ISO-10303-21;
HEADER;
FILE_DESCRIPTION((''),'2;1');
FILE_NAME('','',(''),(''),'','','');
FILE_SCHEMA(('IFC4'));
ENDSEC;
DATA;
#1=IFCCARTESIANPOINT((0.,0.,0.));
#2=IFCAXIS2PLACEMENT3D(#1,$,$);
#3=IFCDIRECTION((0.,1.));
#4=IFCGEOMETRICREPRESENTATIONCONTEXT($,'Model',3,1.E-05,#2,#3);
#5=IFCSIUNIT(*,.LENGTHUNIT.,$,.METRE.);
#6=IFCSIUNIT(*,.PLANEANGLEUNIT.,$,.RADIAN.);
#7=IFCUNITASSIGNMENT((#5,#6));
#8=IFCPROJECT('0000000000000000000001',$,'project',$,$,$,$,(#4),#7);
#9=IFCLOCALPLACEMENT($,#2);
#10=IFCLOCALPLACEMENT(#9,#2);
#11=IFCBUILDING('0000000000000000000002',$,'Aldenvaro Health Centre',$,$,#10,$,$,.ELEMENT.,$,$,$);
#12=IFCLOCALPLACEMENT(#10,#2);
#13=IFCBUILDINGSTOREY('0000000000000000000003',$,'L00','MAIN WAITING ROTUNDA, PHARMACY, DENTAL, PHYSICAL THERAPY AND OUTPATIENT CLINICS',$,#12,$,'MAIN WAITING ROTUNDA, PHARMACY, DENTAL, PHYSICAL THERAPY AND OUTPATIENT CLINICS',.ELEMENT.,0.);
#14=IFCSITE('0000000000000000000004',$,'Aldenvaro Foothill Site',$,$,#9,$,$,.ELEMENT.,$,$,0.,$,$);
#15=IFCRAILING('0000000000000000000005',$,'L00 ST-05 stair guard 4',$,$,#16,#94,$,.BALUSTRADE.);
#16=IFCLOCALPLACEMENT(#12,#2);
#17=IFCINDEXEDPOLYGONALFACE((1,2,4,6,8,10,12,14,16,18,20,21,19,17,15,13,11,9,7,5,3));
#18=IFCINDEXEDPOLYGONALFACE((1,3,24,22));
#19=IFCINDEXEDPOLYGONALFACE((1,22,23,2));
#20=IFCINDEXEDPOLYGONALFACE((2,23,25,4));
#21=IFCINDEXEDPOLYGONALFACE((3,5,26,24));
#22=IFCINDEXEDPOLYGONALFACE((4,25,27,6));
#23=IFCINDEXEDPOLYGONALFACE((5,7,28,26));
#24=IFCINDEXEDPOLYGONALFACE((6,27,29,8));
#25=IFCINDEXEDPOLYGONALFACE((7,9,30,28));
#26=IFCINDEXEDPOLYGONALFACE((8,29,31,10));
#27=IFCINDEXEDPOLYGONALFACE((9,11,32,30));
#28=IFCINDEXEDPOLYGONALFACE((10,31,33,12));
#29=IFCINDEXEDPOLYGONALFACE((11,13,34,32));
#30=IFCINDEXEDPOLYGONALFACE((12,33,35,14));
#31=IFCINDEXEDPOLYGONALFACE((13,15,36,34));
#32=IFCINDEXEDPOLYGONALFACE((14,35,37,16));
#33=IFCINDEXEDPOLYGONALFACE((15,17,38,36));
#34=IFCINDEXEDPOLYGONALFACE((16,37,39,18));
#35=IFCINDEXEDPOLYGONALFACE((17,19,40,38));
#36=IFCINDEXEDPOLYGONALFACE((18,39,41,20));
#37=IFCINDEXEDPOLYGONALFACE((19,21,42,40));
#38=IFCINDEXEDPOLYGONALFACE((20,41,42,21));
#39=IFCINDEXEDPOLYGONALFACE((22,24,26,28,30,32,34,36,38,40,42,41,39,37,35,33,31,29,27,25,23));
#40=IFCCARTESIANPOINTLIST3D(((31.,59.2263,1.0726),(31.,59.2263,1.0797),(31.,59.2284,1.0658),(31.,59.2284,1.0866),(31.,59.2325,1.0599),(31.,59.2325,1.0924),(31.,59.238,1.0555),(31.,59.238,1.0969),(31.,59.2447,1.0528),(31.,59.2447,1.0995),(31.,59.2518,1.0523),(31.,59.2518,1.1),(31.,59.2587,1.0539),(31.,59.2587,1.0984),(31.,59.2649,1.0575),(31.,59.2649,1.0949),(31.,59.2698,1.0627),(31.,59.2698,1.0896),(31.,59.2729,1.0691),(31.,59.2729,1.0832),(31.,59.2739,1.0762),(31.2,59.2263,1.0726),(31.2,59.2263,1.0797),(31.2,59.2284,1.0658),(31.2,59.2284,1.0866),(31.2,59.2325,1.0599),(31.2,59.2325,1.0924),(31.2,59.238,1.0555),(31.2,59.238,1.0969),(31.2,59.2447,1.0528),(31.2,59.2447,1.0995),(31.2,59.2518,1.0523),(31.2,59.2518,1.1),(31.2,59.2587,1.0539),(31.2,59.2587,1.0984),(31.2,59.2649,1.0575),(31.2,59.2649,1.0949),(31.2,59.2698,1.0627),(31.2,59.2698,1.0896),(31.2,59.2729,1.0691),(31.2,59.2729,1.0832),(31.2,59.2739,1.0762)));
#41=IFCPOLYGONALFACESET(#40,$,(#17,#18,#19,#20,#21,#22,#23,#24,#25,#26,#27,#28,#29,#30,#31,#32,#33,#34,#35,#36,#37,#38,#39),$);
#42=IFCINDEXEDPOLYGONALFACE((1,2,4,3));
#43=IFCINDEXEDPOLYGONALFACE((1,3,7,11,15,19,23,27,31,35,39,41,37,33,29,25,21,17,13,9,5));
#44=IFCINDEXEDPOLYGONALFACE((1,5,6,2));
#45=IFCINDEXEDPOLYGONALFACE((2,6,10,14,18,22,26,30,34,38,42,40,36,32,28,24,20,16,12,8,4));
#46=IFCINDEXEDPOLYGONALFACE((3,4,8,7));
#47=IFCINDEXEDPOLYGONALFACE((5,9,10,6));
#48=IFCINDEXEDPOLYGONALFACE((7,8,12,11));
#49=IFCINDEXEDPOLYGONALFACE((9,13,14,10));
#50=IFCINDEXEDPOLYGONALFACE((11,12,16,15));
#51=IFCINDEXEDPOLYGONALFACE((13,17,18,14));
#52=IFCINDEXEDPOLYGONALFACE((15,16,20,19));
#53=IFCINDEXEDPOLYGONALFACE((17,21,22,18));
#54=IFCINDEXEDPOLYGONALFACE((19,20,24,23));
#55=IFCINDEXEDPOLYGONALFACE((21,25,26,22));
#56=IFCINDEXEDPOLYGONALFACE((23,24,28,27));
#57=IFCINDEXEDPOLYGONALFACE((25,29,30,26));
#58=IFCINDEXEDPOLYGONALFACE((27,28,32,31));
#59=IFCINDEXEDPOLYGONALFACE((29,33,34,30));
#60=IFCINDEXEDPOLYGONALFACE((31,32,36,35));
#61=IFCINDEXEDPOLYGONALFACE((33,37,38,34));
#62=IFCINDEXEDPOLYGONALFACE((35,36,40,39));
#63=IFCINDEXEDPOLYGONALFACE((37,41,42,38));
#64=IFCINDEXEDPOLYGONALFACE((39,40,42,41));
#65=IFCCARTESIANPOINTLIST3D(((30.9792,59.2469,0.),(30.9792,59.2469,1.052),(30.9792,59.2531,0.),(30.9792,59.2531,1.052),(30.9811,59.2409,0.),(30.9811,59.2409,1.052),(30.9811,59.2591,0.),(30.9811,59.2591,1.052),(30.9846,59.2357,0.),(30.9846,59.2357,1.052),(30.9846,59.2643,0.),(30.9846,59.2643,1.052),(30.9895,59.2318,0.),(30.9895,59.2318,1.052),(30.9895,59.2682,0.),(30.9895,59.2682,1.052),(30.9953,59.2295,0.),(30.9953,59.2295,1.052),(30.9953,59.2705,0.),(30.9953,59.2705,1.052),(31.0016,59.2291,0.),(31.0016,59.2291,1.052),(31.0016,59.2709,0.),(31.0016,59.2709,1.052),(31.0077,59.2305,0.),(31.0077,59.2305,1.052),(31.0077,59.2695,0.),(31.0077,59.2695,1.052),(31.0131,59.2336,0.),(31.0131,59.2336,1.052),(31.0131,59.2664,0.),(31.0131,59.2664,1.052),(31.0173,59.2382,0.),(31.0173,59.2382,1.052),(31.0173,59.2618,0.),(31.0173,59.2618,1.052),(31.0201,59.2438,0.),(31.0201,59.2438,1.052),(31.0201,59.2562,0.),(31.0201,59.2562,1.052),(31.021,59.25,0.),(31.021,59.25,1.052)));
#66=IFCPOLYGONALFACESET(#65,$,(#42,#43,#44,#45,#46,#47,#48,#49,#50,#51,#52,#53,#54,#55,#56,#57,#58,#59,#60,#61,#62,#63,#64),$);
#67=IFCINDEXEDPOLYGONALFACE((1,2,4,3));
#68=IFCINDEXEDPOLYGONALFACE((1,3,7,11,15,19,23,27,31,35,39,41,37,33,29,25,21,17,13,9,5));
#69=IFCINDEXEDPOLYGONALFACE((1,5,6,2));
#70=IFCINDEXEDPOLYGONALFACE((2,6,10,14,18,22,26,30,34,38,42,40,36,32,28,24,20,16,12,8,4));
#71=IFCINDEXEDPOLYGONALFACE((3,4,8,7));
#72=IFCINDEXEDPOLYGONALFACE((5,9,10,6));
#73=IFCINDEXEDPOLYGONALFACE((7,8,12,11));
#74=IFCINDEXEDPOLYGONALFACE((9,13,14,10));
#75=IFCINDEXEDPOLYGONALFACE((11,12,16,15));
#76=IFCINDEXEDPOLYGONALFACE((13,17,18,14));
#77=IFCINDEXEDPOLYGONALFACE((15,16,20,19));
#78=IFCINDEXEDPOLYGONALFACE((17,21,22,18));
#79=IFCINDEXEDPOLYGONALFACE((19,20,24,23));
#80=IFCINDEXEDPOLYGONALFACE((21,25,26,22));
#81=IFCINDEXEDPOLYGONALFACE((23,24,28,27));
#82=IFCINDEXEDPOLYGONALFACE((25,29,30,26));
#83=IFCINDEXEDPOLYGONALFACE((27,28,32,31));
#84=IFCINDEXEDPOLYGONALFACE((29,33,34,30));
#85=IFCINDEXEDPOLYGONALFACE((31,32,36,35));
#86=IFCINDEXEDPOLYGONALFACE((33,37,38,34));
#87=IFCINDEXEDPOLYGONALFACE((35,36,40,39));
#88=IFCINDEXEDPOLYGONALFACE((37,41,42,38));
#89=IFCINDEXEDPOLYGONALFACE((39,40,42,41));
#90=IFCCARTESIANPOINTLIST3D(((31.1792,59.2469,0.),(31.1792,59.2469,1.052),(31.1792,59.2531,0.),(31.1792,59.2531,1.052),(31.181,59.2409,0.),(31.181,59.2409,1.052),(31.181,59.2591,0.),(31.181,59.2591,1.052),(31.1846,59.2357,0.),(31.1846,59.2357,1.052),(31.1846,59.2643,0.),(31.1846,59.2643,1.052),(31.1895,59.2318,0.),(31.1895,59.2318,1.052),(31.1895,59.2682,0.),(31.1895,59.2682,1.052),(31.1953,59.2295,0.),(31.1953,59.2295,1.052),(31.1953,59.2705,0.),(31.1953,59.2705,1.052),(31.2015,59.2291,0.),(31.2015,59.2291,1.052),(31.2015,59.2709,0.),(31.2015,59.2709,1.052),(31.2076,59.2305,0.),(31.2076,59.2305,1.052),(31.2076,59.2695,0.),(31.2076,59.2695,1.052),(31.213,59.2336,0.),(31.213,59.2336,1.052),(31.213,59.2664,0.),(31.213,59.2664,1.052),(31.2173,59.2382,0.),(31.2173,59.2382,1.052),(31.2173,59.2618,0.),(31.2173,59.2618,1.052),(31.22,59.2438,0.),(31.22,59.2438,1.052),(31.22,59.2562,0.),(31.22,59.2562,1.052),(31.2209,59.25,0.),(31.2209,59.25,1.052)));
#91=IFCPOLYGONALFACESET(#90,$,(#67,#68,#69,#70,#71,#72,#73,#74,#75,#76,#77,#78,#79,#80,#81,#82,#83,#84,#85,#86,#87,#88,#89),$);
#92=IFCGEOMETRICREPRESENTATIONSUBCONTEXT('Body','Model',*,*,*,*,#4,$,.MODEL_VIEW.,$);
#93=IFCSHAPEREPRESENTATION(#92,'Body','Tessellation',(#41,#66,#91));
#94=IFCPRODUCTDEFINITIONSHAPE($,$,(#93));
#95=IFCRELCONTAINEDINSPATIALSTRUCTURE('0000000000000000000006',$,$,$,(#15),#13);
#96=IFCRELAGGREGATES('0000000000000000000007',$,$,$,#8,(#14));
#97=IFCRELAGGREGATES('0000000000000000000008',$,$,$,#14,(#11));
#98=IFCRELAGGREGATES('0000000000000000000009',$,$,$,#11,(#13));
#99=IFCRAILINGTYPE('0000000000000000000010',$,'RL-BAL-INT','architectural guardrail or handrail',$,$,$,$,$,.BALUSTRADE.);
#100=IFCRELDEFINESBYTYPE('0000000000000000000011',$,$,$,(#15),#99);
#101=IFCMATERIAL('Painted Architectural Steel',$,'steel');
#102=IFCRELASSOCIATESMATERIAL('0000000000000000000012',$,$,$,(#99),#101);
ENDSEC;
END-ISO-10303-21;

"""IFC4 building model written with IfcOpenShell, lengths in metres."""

from ifc_helpers import new_model, si_unit, direction, frame, origin, origin_2d, place, context, subcontext, project, spatial, circle, extrude, material, type_object, element, save


model = new_model("IFC4")

# Units and contexts
model_context = context("Model", 3, precision=1e-05, world=origin(), true_north=direction((0.0, 1.0)))
body_context = subcontext(model_context, "Body", "Model", "MODEL_VIEW")
ifc_project = project(units=[si_unit("LENGTHUNIT", "METRE"), si_unit("PLANEANGLEUNIT", "RADIAN")], contexts=[model_context])

# Site, building, storey
site_placement = place(None, origin())
site = spatial("IfcSite", under=ifc_project, at=site_placement, Name="Aldenvaro Foothill Site", CompositionType="ELEMENT", RefElevation=0.0)
building_placement = place(site_placement, origin())
building = spatial("IfcBuilding", under=site, at=building_placement, Name="Aldenvaro Health Centre", CompositionType="ELEMENT")
storey_placement = place(building_placement, origin())
storey = spatial("IfcBuildingStorey", under=building, at=storey_placement, Name="L00", Description="MAIN WAITING ROTUNDA, PHARMACY, DENTAL, PHYSICAL THERAPY AND OUTPATIENT CLINICS", LongName="MAIN WAITING ROTUNDA, PHARMACY, DENTAL, PHYSICAL THERAPY AND OUTPATIENT CLINICS", CompositionType="ELEMENT", Elevation=0.0)

# Railing
ifc_material_1 = material(Name="Painted Architectural Steel", Category="steel")
railing_type_1 = type_object("IfcRailingType", Name="RL-BAL-INT", Description="architectural guardrail or handrail", PredefinedType="BALUSTRADE", material=ifc_material_1)
railing_1_placement = place(storey_placement, frame((31.0, 59.25, 0.0)))
element("IfcRailing", 1, at=railing_1_placement, inside=storey, type_object=railing_type_1, Name="L00 ST-05 stair guard 4", PredefinedType="BALUSTRADE", context=body_context, shape_type="SweptSolid", body=[
    extrude(circle(Radius=0.0239, at=origin_2d()), frame((0.0, 0.0, 1.0762), z_axis=(1.0, 0.0, 0.0), x_axis=(0.0, 1.0, 0.0)), (0.0, 0.0, 1.0), 0.2),
    extrude(circle(Radius=0.021, at=origin_2d()), origin(), (0.0, 0.0, 1.0), 1.052),
    extrude(circle(Radius=0.021, at=origin_2d()), frame((0.2, 0.0, 0.0)), (0.0, 0.0, 1.0), 1.052),
])

save(model, "model.ifc")
